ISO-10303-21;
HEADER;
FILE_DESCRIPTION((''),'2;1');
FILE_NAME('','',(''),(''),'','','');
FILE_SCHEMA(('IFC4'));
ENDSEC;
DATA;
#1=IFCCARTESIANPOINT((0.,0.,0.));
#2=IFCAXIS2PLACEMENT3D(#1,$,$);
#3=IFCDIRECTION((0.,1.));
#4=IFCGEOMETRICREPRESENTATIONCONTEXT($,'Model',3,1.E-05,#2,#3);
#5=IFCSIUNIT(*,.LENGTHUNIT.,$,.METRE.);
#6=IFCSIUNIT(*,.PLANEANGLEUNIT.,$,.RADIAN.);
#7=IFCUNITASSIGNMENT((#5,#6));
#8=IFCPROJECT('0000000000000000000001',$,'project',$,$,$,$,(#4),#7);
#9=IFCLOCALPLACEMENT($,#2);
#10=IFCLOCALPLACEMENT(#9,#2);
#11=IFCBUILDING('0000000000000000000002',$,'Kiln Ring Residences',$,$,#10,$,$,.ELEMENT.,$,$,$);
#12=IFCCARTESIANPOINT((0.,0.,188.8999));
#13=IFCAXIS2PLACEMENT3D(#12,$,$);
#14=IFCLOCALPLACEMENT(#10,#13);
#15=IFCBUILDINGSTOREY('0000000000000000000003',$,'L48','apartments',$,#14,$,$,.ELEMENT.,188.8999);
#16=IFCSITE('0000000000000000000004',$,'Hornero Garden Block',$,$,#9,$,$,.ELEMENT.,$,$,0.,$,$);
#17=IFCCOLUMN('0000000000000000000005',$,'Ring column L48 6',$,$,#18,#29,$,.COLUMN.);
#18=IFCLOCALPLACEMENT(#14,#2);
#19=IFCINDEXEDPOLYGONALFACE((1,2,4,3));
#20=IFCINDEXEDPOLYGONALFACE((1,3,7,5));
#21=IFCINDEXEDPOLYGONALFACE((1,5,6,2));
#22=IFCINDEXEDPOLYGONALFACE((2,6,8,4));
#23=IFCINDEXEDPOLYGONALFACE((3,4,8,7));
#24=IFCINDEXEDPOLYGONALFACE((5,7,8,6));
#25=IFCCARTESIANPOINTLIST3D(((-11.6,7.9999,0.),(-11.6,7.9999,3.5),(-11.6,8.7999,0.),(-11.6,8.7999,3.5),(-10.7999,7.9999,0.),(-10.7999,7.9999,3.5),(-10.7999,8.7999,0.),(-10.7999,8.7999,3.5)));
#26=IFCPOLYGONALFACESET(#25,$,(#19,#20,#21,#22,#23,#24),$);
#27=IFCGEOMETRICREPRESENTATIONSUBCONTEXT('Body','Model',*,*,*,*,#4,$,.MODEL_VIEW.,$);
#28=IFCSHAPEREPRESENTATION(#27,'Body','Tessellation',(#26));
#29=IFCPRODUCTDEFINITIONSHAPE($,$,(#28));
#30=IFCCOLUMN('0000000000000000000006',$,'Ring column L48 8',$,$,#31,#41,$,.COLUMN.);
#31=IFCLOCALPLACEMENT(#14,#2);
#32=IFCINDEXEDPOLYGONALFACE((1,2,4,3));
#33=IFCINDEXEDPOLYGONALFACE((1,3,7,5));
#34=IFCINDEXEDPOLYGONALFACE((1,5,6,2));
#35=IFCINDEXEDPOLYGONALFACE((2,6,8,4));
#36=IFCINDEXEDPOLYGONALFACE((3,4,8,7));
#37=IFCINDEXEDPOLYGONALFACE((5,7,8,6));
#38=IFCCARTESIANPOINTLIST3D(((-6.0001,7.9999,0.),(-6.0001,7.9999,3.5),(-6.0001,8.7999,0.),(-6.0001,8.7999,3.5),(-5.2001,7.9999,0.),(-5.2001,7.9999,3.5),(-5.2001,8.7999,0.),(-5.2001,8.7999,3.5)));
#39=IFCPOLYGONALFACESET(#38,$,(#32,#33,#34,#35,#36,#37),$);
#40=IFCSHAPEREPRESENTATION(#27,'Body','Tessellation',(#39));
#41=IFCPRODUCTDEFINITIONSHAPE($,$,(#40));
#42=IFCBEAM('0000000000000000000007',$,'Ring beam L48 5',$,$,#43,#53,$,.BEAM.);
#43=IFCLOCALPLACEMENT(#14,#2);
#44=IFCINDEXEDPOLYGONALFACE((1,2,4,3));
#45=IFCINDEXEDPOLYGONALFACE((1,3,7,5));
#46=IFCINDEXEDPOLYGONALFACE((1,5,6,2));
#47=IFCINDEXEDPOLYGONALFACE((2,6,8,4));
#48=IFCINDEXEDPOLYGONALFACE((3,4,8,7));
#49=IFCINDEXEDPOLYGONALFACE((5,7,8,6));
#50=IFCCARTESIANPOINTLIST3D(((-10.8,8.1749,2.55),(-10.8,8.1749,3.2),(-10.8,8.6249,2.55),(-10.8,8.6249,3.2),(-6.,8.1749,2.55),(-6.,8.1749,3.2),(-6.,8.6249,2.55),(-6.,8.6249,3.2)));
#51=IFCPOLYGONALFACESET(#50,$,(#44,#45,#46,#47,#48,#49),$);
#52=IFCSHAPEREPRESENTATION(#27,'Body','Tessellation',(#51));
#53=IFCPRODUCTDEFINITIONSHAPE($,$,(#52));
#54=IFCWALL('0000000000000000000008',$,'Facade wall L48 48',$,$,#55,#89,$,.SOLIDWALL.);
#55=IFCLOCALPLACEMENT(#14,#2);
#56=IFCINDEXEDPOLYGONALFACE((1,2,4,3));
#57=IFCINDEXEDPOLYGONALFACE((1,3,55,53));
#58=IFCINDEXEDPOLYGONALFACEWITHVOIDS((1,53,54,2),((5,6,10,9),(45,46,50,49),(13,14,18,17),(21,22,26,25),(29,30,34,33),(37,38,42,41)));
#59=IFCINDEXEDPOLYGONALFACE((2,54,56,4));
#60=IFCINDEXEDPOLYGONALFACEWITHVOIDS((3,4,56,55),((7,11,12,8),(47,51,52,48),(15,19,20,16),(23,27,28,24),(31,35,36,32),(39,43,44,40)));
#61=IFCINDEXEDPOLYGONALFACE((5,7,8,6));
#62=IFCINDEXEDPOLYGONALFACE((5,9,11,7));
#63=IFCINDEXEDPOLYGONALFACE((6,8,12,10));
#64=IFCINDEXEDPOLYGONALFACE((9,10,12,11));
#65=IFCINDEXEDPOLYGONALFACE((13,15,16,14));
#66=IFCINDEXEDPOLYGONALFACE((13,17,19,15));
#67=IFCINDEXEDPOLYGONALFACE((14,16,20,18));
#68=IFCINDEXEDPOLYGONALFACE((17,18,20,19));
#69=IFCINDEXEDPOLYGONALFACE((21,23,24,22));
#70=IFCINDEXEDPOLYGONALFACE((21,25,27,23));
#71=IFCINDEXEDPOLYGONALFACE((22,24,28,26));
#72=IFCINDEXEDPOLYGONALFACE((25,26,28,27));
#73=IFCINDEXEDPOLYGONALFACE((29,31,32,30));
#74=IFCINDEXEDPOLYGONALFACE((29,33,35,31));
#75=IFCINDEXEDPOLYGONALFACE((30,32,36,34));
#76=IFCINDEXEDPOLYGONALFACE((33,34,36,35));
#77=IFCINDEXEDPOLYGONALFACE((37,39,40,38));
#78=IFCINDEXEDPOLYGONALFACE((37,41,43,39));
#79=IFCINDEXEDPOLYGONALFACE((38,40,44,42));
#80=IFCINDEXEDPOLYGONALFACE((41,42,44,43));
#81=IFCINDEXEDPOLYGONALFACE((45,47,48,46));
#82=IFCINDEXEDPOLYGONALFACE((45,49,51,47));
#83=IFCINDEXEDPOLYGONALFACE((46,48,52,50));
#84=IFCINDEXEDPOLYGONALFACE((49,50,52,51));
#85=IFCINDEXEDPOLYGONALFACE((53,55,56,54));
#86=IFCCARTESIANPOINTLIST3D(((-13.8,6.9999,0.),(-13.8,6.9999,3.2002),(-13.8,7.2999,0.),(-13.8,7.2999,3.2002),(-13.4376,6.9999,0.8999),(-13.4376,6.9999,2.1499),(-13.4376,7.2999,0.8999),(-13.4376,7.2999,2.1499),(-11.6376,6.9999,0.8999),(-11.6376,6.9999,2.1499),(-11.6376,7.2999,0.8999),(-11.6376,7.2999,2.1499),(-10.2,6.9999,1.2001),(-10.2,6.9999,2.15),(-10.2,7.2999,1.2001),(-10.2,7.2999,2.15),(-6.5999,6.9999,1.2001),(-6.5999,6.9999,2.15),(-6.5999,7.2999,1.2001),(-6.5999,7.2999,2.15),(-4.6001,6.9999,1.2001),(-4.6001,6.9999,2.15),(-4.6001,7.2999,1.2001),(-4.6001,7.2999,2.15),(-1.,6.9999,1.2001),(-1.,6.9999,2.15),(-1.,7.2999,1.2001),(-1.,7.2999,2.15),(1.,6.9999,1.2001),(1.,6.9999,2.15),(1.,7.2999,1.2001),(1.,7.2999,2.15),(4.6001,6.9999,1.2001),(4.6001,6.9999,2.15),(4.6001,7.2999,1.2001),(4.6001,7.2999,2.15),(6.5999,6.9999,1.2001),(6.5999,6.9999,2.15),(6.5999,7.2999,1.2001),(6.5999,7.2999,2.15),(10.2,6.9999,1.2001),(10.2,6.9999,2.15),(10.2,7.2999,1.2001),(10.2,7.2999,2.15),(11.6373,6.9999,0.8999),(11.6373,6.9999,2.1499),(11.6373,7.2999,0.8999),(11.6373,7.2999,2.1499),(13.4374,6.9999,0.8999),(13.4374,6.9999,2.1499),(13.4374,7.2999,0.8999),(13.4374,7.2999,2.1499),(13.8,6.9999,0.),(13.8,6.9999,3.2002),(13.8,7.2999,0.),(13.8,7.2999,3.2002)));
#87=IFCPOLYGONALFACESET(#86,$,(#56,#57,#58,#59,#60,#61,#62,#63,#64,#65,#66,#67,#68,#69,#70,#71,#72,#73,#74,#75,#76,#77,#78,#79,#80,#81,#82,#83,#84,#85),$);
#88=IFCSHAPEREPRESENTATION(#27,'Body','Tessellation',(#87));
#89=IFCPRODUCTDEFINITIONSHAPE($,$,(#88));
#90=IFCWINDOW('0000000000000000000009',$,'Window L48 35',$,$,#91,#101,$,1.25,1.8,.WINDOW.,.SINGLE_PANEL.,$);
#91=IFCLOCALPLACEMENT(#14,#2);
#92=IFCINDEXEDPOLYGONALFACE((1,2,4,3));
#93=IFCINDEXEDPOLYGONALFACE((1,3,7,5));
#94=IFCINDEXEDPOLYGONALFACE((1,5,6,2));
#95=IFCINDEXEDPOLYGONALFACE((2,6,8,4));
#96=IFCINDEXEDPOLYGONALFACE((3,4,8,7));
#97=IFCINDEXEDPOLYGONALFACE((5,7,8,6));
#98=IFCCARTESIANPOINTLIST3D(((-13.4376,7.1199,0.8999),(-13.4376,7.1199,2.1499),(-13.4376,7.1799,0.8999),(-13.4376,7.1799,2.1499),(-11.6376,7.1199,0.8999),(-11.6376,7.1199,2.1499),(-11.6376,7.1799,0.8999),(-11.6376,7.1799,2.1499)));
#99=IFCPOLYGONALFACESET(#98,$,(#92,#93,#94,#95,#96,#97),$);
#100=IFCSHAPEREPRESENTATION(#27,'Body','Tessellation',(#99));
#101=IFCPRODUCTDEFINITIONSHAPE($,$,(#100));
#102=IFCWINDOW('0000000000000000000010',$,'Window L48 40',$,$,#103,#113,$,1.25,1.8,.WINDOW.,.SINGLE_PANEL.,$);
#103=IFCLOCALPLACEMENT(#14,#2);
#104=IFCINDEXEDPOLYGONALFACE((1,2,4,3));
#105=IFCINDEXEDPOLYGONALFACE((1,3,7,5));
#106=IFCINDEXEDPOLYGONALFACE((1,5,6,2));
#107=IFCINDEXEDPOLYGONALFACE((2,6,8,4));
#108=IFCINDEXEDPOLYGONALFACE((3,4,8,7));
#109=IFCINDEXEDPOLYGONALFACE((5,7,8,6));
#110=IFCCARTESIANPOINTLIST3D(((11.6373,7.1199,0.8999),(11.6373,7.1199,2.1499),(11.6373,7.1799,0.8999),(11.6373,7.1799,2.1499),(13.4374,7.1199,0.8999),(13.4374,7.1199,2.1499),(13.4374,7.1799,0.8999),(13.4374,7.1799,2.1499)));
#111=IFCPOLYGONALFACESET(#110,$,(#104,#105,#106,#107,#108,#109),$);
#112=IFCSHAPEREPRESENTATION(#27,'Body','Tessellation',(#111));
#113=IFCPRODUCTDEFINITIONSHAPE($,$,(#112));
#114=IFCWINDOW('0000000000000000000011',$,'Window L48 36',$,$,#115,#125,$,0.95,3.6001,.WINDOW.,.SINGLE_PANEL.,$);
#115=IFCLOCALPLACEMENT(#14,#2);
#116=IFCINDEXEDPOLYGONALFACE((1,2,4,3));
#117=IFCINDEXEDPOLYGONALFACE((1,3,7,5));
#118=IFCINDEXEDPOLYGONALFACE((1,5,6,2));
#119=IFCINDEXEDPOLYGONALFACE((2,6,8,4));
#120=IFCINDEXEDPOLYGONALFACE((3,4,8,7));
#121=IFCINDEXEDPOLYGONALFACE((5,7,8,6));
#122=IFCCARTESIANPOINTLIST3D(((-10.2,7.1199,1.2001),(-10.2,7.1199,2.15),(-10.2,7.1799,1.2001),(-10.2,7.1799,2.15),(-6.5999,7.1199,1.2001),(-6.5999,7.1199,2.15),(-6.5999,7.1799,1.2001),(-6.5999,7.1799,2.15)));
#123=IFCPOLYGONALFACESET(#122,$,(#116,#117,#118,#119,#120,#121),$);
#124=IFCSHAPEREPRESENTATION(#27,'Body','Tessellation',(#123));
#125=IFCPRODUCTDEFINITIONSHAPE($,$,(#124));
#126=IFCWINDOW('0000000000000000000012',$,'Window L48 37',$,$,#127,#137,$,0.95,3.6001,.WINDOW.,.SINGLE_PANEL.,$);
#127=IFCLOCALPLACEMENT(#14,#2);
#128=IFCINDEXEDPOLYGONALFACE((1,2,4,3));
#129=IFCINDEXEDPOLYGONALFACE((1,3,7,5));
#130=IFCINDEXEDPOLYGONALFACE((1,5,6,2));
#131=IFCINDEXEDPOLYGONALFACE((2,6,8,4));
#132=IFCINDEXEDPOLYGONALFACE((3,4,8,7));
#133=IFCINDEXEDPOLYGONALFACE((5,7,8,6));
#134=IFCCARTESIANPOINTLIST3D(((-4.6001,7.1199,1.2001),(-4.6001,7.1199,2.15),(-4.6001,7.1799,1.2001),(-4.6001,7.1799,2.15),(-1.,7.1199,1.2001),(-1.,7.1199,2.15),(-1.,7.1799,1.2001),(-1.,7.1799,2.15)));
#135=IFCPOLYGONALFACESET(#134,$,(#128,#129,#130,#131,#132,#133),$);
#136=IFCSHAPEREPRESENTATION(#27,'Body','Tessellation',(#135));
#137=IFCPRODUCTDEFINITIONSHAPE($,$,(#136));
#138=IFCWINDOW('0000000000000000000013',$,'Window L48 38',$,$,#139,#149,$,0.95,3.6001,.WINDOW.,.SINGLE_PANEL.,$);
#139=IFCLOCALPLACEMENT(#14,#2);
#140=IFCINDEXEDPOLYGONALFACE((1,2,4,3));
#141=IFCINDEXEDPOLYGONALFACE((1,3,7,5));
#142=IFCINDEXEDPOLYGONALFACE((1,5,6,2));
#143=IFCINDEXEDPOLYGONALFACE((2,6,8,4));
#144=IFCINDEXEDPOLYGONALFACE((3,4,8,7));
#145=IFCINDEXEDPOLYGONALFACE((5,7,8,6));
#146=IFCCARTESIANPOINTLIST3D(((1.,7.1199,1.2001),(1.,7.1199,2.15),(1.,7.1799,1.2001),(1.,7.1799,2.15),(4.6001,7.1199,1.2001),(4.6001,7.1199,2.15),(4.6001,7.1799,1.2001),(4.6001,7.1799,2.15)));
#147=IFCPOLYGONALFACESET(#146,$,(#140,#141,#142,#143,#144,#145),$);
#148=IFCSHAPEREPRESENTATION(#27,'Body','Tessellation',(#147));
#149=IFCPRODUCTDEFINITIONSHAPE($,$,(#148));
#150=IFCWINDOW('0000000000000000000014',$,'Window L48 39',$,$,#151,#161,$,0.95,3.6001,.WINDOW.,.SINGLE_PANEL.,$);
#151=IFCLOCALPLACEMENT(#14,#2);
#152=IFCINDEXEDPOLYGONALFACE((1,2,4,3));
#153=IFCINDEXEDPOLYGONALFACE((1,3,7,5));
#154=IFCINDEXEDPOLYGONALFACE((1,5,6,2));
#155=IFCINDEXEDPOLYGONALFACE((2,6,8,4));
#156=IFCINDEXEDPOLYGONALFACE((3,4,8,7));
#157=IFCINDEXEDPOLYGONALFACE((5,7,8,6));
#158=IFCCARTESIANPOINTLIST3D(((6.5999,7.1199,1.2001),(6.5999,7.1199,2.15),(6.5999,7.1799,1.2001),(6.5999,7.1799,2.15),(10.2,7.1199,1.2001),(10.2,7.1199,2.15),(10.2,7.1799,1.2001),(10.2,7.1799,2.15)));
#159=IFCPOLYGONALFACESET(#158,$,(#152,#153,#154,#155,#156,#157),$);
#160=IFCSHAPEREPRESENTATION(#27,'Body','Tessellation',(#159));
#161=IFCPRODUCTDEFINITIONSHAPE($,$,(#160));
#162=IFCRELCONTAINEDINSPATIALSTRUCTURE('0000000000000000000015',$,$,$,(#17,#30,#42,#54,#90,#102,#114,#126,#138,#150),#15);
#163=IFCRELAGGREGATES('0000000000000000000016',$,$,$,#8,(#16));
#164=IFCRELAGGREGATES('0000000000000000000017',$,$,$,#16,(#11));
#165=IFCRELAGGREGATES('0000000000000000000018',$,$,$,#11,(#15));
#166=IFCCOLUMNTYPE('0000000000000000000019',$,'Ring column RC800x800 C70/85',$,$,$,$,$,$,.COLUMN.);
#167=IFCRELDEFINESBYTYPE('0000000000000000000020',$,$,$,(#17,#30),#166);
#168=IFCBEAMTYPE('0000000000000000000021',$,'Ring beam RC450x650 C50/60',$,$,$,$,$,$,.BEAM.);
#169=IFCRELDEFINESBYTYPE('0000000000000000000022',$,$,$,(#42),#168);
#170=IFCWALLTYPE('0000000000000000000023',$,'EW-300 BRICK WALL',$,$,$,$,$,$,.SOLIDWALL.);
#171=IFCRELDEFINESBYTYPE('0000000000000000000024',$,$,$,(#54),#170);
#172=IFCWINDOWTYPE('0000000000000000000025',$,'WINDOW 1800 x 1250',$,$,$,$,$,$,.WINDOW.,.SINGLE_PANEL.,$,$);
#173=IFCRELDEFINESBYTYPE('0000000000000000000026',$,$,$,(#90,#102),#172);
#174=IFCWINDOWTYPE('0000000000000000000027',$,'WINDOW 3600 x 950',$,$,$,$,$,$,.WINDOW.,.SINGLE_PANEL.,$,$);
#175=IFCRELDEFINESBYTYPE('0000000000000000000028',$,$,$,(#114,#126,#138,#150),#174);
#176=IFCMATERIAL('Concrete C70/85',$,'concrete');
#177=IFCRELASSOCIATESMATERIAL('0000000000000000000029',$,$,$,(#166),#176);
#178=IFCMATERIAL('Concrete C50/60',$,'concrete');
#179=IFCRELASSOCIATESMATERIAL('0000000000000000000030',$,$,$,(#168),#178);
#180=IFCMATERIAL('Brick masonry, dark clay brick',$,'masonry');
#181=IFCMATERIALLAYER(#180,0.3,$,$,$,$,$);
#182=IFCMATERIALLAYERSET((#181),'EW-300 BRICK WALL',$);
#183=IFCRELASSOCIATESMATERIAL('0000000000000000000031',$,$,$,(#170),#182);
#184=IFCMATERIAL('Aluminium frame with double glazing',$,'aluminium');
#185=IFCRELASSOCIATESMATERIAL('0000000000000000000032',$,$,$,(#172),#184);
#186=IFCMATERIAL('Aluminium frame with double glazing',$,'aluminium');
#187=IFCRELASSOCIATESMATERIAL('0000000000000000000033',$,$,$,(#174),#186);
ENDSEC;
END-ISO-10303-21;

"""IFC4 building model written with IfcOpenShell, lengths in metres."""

from ifc_helpers import new_model, si_unit, direction, frame, frame_2d, origin, origin_2d, place, context, subcontext, project, spatial, rectangle, extrude, material, layer, layer_set, material_profile, profile_set, type_object, element, fill, save


model = new_model("IFC4")

# Units and contexts
model_context = context("Model", 3, precision=1e-05, world=origin(), true_north=direction((0.0, 1.0)))
body_context = subcontext(model_context, "Body", "Model", "MODEL_VIEW")
ifc_project = project(units=[si_unit("LENGTHUNIT", "METRE"), si_unit("PLANEANGLEUNIT", "RADIAN")], contexts=[model_context])

# Site, building, storey
site_placement = place(None, origin())
site = spatial("IfcSite", under=ifc_project, at=site_placement, Name="Hornero Garden Block", CompositionType="ELEMENT", RefElevation=0.0)
building_placement = place(site_placement, origin())
building = spatial("IfcBuilding", under=site, at=building_placement, Name="Kiln Ring Residences", CompositionType="ELEMENT")
storey_placement = place(building_placement, frame((0.0, 0.0, 188.8999)))
storey = spatial("IfcBuildingStorey", under=building, at=storey_placement, Name="L48", Description="apartments", CompositionType="ELEMENT", Elevation=188.8999)

# Columns
ifc_material_1 = material(Name="Concrete C70/85", Category="concrete")
ifc_material_profile_1 = material_profile(ifc_material_1, rectangle(XDim=0.8, YDim=0.8, at=origin_2d()), Name="RC800x800")
ifc_profile_set_1 = profile_set([ifc_material_profile_1], Name="Concrete C70/85")
column_type = type_object("IfcColumnType", Name="Ring column RC800x800 C70/85", PredefinedType="COLUMN", material=ifc_profile_set_1)
for number, where, z_axis, x_axis, name in (
    (1, (-11.2, 8.3999, 0.0), (0.0, 0.0, 1.0), (1.0, 0.0, 0.0), "Ring column L48 6"),
    (2, (-5.6001, 8.3999, 0.0), (0.0, 0.0, 1.0), (1.0, 0.0, 0.0), "Ring column L48 8"),
):
    element("IfcColumn", number, at=place(storey_placement, frame(where, z_axis=z_axis, x_axis=x_axis)), inside=storey, type_object=column_type, Name=name, PredefinedType="COLUMN", context=body_context, shape_type="SweptSolid", body=[
        extrude(rectangle(XDim=0.8, YDim=0.8, at=origin_2d()), origin(), (0.0, 0.0, 1.0), 3.5),
    ])

# Beam
ifc_material_2 = material(Name="Concrete C50/60", Category="concrete")
ifc_material_profile_2 = material_profile(ifc_material_2, rectangle(XDim=0.45, YDim=0.6499, at=origin_2d()), Name="RC450x650")
ifc_profile_set_2 = profile_set([ifc_material_profile_2], Name="Concrete C50/60")
beam_type = type_object("IfcBeamType", Name="Ring beam RC450x650 C50/60", PredefinedType="BEAM", material=ifc_profile_set_2)
beam_placement = place(storey_placement, frame((-10.8, 8.3999, 2.875), z_axis=(1.0, 0.0, 0.0), x_axis=(0.0, 1.0, 0.0)))
element("IfcBeam", 3, at=beam_placement, inside=storey, type_object=beam_type, Name="Ring beam L48 5", PredefinedType="BEAM", context=body_context, shape_type="SweptSolid", body=[
    extrude(rectangle(XDim=0.45, YDim=0.6499, at=origin_2d()), origin(), (0.0, 0.0, 1.0), 4.8),
])

# Wall, openings, windows
ifc_material_3 = material(Name="Brick masonry, dark clay brick", Category="masonry")
ifc_layer_1 = layer(ifc_material_3, 0.3)
ifc_layer_set_1 = layer_set([ifc_layer_1], Name="EW-300 BRICK WALL")
wall_type_1 = type_object("IfcWallType", Name="EW-300 BRICK WALL", PredefinedType="SOLIDWALL", material=ifc_layer_set_1)
wall_placement = place(storey_placement, frame((-13.8, 7.1499, 0.0), z_axis=(0.0, 0.0, 1.0), x_axis=(1.0, 0.0, 0.0)))
wall = element("IfcWall", 4, at=wall_placement, inside=storey, type_object=wall_type_1, Name="Facade wall L48 48", PredefinedType="SOLIDWALL", context=body_context, shape_type="SweptSolid", body=[
    extrude(rectangle(XDim=27.6001, YDim=0.3, at=frame_2d((13.8, 0.0))), origin(), (0.0, 0.0, 1.0), 3.2002),
])
opening_1_placement = place(wall_placement, frame((0.3625, 0.0, 0.8999)))
opening_1 = element("IfcOpeningElement", 5, at=opening_1_placement, cuts=wall, PredefinedType="OPENING", context=body_context, shape_type="SweptSolid", body=[
    extrude(rectangle(XDim=1.8, YDim=1.25, at=frame_2d((0.8999, 0.625))), frame((0.0, 0.1599, 0.0), z_axis=(0.0, -1.0, 0.0), x_axis=(1.0, 0.0, 0.0)), (0.0, 0.0, 1.0), 0.3201),
])
opening_2_placement = place(wall_placement, frame((3.6001, 0.0, 1.2)))
opening_2 = element("IfcOpeningElement", 6, at=opening_2_placement, cuts=wall, PredefinedType="OPENING", context=body_context, shape_type="SweptSolid", body=[
    extrude(rectangle(XDim=3.6001, YDim=0.95, at=frame_2d((1.8, 0.4751))), frame((0.0, 0.1599, 0.0), z_axis=(0.0, -1.0, 0.0), x_axis=(1.0, 0.0, 0.0)), (0.0, 0.0, 1.0), 0.3201),
])
opening_3_placement = place(wall_placement, frame((9.2, 0.0, 1.2)))
opening_3 = element("IfcOpeningElement", 7, at=opening_3_placement, cuts=wall, PredefinedType="OPENING", context=body_context, shape_type="SweptSolid", body=[
    extrude(rectangle(XDim=3.6001, YDim=0.95, at=frame_2d((1.8, 0.4751))), frame((0.0, 0.1599, 0.0), z_axis=(0.0, -1.0, 0.0), x_axis=(1.0, 0.0, 0.0)), (0.0, 0.0, 1.0), 0.3201),
])
opening_4_placement = place(wall_placement, frame((14.8, 0.0, 1.2)))
opening_4 = element("IfcOpeningElement", 8, at=opening_4_placement, cuts=wall, PredefinedType="OPENING", context=body_context, shape_type="SweptSolid", body=[
    extrude(rectangle(XDim=3.6001, YDim=0.95, at=frame_2d((1.8, 0.4751))), frame((0.0, 0.1599, 0.0), z_axis=(0.0, -1.0, 0.0), x_axis=(1.0, 0.0, 0.0)), (0.0, 0.0, 1.0), 0.3201),
])
opening_5_placement = place(wall_placement, frame((20.3999, 0.0, 1.2)))
opening_5 = element("IfcOpeningElement", 9, at=opening_5_placement, cuts=wall, PredefinedType="OPENING", context=body_context, shape_type="SweptSolid", body=[
    extrude(rectangle(XDim=3.6001, YDim=0.95, at=frame_2d((1.8, 0.4751))), frame((0.0, 0.1599, 0.0), z_axis=(0.0, -1.0, 0.0), x_axis=(1.0, 0.0, 0.0)), (0.0, 0.0, 1.0), 0.3201),
])
opening_6_placement = place(wall_placement, frame((25.4375, 0.0, 0.8999)))
opening_6 = element("IfcOpeningElement", 10, at=opening_6_placement, cuts=wall, PredefinedType="OPENING", context=body_context, shape_type="SweptSolid", body=[
    extrude(rectangle(XDim=1.8, YDim=1.25, at=frame_2d((0.8999, 0.625))), frame((0.0, 0.1599, 0.0), z_axis=(0.0, -1.0, 0.0), x_axis=(1.0, 0.0, 0.0)), (0.0, 0.0, 1.0), 0.3201),
])
ifc_material_4 = material(Name="Aluminium frame with double glazing", Category="aluminium")
window_type_1 = type_object("IfcWindowType", Name="WINDOW 1800 x 1250", PartitioningType="SINGLE_PANEL", PredefinedType="WINDOW", material=ifc_material_4)
window_1_placement = place(opening_1_placement, origin())
window_1 = element("IfcWindow", 11, at=window_1_placement, inside=storey, type_object=window_type_1, Name="Window L48 35", OverallHeight=1.25, OverallWidth=1.8, PartitioningType="SINGLE_PANEL", PredefinedType="WINDOW", context=body_context, shape_type="SweptSolid", body=[
    extrude(rectangle(XDim=1.8, YDim=1.25, at=frame_2d((0.8999, 0.625))), frame((0.0, 0.03, 0.0), z_axis=(0.0, -1.0, 0.0), x_axis=(1.0, 0.0, 0.0)), (0.0, 0.0, 1.0), 0.0601),
])
fill(opening_1, window_1)
window_2_placement = place(opening_6_placement, origin())
window_2 = element("IfcWindow", 12, at=window_2_placement, inside=storey, type_object=window_type_1, Name="Window L48 40", OverallHeight=1.25, OverallWidth=1.8, PartitioningType="SINGLE_PANEL", PredefinedType="WINDOW", context=body_context, shape_type="SweptSolid", body=[
    extrude(rectangle(XDim=1.8, YDim=1.25, at=frame_2d((0.8999, 0.625))), frame((0.0, 0.03, 0.0), z_axis=(0.0, -1.0, 0.0), x_axis=(1.0, 0.0, 0.0)), (0.0, 0.0, 1.0), 0.0601),
])
fill(opening_6, window_2)
ifc_material_5 = material(Name="Aluminium frame with double glazing", Category="aluminium")
window_type_2 = type_object("IfcWindowType", Name="WINDOW 3600 x 950", PartitioningType="SINGLE_PANEL", PredefinedType="WINDOW", material=ifc_material_5)
window_3_placement = place(opening_2_placement, origin())
window_3 = element("IfcWindow", 13, at=window_3_placement, inside=storey, type_object=window_type_2, Name="Window L48 36", OverallHeight=0.95, OverallWidth=3.6001, PartitioningType="SINGLE_PANEL", PredefinedType="WINDOW", context=body_context, shape_type="SweptSolid", body=[
    extrude(rectangle(XDim=3.6001, YDim=0.95, at=frame_2d((1.8, 0.4751))), frame((0.0, 0.03, 0.0), z_axis=(0.0, -1.0, 0.0), x_axis=(1.0, 0.0, 0.0)), (0.0, 0.0, 1.0), 0.0601),
])
fill(opening_2, window_3)
window_4_placement = place(opening_3_placement, origin())
window_4 = element("IfcWindow", 14, at=window_4_placement, inside=storey, type_object=window_type_2, Name="Window L48 37", OverallHeight=0.95, OverallWidth=3.6001, PartitioningType="SINGLE_PANEL", PredefinedType="WINDOW", context=body_context, shape_type="SweptSolid", body=[
    extrude(rectangle(XDim=3.6001, YDim=0.95, at=frame_2d((1.8, 0.4751))), frame((0.0, 0.03, 0.0), z_axis=(0.0, -1.0, 0.0), x_axis=(1.0, 0.0, 0.0)), (0.0, 0.0, 1.0), 0.0601),
])
fill(opening_3, window_4)
window_5_placement = place(opening_4_placement, origin())
window_5 = element("IfcWindow", 15, at=window_5_placement, inside=storey, type_object=window_type_2, Name="Window L48 38", OverallHeight=0.95, OverallWidth=3.6001, PartitioningType="SINGLE_PANEL", PredefinedType="WINDOW", context=body_context, shape_type="SweptSolid", body=[
    extrude(rectangle(XDim=3.6001, YDim=0.95, at=frame_2d((1.8, 0.4751))), frame((0.0, 0.03, 0.0), z_axis=(0.0, -1.0, 0.0), x_axis=(1.0, 0.0, 0.0)), (0.0, 0.0, 1.0), 0.0601),
])
fill(opening_4, window_5)
window_6_placement = place(opening_5_placement, origin())
window_6 = element("IfcWindow", 16, at=window_6_placement, inside=storey, type_object=window_type_2, Name="Window L48 39", OverallHeight=0.95, OverallWidth=3.6001, PartitioningType="SINGLE_PANEL", PredefinedType="WINDOW", context=body_context, shape_type="SweptSolid", body=[
    extrude(rectangle(XDim=3.6001, YDim=0.95, at=frame_2d((1.8, 0.4751))), frame((0.0, 0.03, 0.0), z_axis=(0.0, -1.0, 0.0), x_axis=(1.0, 0.0, 0.0)), (0.0, 0.0, 1.0), 0.0601),
])
fill(opening_5, window_6)

save(model, "model.ifc")
